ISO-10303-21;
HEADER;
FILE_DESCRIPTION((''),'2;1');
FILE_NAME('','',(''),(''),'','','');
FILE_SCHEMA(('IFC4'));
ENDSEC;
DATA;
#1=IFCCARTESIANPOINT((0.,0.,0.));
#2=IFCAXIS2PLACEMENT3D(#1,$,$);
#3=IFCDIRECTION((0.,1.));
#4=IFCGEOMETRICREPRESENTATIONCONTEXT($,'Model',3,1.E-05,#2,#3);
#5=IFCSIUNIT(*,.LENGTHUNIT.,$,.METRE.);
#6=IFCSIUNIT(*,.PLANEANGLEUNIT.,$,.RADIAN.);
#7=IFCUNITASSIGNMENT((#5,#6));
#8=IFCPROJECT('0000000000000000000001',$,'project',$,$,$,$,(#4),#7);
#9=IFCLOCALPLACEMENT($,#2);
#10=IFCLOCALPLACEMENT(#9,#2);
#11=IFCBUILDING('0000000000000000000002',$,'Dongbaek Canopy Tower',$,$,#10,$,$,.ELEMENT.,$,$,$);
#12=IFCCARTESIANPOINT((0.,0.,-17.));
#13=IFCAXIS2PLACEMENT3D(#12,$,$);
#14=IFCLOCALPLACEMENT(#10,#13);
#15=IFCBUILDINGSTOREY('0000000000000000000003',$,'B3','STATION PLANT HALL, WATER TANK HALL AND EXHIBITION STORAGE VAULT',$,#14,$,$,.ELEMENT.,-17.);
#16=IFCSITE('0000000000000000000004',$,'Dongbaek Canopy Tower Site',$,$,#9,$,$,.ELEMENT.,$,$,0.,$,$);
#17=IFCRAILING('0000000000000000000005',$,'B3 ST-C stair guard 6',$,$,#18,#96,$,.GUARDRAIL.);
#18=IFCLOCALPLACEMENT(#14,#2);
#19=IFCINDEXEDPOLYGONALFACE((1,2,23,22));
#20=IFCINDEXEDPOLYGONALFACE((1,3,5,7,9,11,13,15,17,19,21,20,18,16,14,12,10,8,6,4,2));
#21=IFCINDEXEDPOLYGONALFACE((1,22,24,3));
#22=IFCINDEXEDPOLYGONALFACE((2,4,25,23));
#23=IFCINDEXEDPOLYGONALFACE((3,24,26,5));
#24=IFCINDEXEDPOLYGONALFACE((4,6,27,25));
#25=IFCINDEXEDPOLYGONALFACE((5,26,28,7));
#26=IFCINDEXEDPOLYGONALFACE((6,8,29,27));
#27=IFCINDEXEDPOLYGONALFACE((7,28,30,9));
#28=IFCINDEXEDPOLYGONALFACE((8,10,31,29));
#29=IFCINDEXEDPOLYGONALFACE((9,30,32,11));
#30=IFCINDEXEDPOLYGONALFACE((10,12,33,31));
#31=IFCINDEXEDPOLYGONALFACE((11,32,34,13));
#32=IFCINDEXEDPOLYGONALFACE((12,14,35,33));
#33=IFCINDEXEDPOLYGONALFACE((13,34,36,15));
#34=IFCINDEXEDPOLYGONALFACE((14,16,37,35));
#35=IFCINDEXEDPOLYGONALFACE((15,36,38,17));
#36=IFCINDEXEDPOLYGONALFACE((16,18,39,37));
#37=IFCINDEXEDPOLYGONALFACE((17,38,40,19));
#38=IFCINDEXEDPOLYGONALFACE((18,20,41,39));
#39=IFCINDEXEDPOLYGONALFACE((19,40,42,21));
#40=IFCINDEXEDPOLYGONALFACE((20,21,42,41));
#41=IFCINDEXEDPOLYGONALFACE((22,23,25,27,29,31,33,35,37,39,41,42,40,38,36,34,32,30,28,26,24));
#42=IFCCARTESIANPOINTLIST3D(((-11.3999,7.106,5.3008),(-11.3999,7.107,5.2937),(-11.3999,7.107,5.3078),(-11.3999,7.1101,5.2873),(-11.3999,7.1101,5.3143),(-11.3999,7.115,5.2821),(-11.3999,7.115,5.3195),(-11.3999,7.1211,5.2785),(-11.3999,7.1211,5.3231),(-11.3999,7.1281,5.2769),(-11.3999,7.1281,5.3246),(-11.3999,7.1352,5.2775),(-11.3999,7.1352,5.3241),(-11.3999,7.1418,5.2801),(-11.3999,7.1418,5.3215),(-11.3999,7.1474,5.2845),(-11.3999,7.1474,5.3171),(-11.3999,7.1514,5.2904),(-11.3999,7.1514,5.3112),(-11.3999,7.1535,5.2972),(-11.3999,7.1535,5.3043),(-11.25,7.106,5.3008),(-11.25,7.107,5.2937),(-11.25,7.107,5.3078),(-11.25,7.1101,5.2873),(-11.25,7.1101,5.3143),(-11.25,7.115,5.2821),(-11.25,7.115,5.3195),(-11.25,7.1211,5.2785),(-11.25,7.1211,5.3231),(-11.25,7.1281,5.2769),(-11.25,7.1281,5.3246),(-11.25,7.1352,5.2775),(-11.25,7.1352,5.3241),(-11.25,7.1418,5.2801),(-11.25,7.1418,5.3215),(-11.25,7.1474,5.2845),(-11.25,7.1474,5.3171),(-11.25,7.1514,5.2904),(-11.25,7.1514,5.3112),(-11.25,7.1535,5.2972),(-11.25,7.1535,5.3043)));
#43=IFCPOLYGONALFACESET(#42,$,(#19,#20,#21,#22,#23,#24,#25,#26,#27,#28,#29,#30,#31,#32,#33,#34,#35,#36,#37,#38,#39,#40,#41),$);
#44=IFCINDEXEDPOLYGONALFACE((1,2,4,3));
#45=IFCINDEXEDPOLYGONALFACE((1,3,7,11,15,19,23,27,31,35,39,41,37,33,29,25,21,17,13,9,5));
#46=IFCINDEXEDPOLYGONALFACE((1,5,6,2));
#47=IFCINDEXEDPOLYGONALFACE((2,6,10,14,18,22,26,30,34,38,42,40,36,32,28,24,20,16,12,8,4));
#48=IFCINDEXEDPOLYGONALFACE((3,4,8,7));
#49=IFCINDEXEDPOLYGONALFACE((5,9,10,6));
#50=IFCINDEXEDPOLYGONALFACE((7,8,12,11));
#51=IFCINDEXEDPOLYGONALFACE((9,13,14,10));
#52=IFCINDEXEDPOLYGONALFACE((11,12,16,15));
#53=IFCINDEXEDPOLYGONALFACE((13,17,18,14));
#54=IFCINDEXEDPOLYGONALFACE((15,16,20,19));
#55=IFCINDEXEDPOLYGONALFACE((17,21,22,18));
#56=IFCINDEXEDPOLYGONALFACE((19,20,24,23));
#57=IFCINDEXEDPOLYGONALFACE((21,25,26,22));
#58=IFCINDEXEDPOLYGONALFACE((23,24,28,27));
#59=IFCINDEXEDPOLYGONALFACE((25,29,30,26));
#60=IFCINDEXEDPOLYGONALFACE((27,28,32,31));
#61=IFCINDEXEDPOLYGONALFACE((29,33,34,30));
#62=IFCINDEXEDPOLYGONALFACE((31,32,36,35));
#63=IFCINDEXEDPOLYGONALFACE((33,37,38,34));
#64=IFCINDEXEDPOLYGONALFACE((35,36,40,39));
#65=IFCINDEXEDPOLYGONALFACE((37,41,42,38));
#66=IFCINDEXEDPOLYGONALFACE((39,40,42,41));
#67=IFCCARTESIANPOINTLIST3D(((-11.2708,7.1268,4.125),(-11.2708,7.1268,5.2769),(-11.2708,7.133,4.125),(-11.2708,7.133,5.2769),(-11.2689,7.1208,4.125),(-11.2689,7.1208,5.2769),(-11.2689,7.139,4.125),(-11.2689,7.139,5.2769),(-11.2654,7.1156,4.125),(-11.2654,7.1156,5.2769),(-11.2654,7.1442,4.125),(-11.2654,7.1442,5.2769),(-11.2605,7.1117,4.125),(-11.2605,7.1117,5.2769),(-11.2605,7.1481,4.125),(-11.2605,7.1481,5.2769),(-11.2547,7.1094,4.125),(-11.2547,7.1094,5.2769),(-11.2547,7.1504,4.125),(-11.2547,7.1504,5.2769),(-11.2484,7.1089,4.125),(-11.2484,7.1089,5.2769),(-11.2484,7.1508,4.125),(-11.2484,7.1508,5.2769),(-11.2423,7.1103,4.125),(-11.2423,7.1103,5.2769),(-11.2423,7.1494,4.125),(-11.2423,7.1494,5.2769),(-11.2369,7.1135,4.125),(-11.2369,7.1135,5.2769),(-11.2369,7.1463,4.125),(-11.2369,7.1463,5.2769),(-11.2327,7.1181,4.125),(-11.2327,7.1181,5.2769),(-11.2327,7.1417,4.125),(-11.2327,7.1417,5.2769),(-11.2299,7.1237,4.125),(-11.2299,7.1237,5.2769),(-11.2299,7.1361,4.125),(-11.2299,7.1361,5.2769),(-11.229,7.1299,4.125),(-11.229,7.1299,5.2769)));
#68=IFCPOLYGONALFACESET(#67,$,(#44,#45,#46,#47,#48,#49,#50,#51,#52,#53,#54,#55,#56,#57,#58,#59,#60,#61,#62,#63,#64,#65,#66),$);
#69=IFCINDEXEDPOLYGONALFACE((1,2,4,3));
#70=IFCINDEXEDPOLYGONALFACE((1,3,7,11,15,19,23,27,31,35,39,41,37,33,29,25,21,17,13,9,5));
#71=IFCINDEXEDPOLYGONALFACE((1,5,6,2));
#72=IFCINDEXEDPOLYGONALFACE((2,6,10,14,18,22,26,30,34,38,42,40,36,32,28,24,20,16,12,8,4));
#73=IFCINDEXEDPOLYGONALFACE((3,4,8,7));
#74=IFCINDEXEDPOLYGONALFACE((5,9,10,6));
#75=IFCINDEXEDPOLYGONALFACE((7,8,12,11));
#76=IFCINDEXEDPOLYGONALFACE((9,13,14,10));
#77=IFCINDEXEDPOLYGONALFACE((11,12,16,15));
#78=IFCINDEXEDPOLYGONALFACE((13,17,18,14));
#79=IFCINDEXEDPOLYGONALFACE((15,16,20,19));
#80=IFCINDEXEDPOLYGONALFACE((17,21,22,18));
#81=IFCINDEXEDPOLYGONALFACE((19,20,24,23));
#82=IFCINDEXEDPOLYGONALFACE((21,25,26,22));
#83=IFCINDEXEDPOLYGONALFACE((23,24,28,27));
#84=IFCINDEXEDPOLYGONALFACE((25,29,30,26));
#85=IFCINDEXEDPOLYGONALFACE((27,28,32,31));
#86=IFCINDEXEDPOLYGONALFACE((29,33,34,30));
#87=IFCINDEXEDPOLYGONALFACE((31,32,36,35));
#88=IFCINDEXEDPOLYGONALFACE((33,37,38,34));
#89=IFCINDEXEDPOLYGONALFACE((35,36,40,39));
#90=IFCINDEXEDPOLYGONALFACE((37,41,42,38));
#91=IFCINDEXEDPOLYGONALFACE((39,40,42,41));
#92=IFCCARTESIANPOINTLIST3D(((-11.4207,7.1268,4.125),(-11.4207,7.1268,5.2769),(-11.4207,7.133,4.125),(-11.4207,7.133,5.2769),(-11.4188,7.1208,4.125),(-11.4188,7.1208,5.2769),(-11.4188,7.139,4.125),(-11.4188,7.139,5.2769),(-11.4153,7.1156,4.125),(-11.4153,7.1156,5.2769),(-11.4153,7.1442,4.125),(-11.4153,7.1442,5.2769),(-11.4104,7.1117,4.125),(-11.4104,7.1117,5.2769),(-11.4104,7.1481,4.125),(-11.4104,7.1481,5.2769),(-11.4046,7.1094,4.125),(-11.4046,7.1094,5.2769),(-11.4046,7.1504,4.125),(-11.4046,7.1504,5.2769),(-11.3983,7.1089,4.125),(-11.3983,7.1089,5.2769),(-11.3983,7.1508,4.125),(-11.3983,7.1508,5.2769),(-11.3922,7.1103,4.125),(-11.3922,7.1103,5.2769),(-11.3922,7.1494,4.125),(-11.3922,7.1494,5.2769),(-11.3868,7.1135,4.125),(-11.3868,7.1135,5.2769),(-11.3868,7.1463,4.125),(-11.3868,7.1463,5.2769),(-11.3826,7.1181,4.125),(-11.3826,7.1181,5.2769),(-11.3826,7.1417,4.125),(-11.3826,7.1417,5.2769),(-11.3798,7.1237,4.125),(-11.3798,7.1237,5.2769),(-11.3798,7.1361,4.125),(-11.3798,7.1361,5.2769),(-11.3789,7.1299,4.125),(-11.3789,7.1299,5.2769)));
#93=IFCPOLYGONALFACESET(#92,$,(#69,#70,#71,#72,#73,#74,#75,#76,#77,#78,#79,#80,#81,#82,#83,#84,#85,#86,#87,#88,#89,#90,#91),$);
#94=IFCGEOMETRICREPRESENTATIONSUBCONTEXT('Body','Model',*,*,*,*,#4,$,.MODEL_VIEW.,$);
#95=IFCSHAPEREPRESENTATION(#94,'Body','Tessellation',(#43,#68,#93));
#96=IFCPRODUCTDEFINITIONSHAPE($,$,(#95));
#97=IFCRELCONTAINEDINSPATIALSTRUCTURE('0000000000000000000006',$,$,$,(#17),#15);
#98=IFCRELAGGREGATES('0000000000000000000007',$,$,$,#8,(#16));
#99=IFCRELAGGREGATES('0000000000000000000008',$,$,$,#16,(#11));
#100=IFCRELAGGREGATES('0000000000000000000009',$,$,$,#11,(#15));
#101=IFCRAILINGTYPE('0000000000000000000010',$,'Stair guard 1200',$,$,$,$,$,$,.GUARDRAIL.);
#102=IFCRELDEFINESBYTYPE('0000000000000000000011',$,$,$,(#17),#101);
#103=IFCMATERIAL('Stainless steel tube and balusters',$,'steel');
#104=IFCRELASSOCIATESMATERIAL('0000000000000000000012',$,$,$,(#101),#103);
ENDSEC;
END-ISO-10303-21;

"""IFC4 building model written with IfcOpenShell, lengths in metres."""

from ifc_helpers import new_model, si_unit, direction, frame, origin, origin_2d, place, context, subcontext, project, spatial, circle, extrude, material, type_object, element, save


model = new_model("IFC4")

# Units and contexts
model_context = context("Model", 3, precision=1e-05, world=origin(), true_north=direction((0.0, 1.0)))
body_context = subcontext(model_context, "Body", "Model", "MODEL_VIEW")
ifc_project = project(units=[si_unit("LENGTHUNIT", "METRE"), si_unit("PLANEANGLEUNIT", "RADIAN")], contexts=[model_context])

# Site, building, storey
site_placement = place(None, origin())
site = spatial("IfcSite", under=ifc_project, at=site_placement, Name="Dongbaek Canopy Tower Site", CompositionType="ELEMENT", RefElevation=0.0)
building_placement = place(site_placement, origin())
building = spatial("IfcBuilding", under=site, at=building_placement, Name="Dongbaek Canopy Tower", CompositionType="ELEMENT")
storey_placement = place(building_placement, frame((0.0, 0.0, -17.0)))
storey = spatial("IfcBuildingStorey", under=building, at=storey_placement, Name="B3", Description="STATION PLANT HALL, WATER TANK HALL AND EXHIBITION STORAGE VAULT", CompositionType="ELEMENT", Elevation=-17.0)

# Railing
ifc_material_1 = material(Name="Stainless steel tube and balusters", Category="steel")
railing_type_1 = type_object("IfcRailingType", Name="Stair guard 1200", PredefinedType="GUARDRAIL", material=ifc_material_1)
railing_1_placement = place(storey_placement, frame((-11.25, 7.1299, 4.125)))
element("IfcRailing", 1, at=railing_1_placement, inside=storey, type_object=railing_type_1, Name="B3 ST-C stair guard 6", PredefinedType="GUARDRAIL", context=body_context, shape_type="SweptSolid", body=[
    extrude(circle(Radius=0.0239, at=origin_2d()), frame((0.0, 0.0, 1.1758), z_axis=(-1.0, 0.0, 0.0), x_axis=(0.0, -1.0, 0.0)), (0.0, 0.0, 1.0), 0.1499),
    extrude(circle(Radius=0.021, at=origin_2d()), origin(), (0.0, 0.0, 1.0), 1.1519),
    extrude(circle(Radius=0.021, at=origin_2d()), frame((-0.1499, 0.0, 0.0)), (0.0, 0.0, 1.0), 1.1519),
])

save(model, "model.ifc")
